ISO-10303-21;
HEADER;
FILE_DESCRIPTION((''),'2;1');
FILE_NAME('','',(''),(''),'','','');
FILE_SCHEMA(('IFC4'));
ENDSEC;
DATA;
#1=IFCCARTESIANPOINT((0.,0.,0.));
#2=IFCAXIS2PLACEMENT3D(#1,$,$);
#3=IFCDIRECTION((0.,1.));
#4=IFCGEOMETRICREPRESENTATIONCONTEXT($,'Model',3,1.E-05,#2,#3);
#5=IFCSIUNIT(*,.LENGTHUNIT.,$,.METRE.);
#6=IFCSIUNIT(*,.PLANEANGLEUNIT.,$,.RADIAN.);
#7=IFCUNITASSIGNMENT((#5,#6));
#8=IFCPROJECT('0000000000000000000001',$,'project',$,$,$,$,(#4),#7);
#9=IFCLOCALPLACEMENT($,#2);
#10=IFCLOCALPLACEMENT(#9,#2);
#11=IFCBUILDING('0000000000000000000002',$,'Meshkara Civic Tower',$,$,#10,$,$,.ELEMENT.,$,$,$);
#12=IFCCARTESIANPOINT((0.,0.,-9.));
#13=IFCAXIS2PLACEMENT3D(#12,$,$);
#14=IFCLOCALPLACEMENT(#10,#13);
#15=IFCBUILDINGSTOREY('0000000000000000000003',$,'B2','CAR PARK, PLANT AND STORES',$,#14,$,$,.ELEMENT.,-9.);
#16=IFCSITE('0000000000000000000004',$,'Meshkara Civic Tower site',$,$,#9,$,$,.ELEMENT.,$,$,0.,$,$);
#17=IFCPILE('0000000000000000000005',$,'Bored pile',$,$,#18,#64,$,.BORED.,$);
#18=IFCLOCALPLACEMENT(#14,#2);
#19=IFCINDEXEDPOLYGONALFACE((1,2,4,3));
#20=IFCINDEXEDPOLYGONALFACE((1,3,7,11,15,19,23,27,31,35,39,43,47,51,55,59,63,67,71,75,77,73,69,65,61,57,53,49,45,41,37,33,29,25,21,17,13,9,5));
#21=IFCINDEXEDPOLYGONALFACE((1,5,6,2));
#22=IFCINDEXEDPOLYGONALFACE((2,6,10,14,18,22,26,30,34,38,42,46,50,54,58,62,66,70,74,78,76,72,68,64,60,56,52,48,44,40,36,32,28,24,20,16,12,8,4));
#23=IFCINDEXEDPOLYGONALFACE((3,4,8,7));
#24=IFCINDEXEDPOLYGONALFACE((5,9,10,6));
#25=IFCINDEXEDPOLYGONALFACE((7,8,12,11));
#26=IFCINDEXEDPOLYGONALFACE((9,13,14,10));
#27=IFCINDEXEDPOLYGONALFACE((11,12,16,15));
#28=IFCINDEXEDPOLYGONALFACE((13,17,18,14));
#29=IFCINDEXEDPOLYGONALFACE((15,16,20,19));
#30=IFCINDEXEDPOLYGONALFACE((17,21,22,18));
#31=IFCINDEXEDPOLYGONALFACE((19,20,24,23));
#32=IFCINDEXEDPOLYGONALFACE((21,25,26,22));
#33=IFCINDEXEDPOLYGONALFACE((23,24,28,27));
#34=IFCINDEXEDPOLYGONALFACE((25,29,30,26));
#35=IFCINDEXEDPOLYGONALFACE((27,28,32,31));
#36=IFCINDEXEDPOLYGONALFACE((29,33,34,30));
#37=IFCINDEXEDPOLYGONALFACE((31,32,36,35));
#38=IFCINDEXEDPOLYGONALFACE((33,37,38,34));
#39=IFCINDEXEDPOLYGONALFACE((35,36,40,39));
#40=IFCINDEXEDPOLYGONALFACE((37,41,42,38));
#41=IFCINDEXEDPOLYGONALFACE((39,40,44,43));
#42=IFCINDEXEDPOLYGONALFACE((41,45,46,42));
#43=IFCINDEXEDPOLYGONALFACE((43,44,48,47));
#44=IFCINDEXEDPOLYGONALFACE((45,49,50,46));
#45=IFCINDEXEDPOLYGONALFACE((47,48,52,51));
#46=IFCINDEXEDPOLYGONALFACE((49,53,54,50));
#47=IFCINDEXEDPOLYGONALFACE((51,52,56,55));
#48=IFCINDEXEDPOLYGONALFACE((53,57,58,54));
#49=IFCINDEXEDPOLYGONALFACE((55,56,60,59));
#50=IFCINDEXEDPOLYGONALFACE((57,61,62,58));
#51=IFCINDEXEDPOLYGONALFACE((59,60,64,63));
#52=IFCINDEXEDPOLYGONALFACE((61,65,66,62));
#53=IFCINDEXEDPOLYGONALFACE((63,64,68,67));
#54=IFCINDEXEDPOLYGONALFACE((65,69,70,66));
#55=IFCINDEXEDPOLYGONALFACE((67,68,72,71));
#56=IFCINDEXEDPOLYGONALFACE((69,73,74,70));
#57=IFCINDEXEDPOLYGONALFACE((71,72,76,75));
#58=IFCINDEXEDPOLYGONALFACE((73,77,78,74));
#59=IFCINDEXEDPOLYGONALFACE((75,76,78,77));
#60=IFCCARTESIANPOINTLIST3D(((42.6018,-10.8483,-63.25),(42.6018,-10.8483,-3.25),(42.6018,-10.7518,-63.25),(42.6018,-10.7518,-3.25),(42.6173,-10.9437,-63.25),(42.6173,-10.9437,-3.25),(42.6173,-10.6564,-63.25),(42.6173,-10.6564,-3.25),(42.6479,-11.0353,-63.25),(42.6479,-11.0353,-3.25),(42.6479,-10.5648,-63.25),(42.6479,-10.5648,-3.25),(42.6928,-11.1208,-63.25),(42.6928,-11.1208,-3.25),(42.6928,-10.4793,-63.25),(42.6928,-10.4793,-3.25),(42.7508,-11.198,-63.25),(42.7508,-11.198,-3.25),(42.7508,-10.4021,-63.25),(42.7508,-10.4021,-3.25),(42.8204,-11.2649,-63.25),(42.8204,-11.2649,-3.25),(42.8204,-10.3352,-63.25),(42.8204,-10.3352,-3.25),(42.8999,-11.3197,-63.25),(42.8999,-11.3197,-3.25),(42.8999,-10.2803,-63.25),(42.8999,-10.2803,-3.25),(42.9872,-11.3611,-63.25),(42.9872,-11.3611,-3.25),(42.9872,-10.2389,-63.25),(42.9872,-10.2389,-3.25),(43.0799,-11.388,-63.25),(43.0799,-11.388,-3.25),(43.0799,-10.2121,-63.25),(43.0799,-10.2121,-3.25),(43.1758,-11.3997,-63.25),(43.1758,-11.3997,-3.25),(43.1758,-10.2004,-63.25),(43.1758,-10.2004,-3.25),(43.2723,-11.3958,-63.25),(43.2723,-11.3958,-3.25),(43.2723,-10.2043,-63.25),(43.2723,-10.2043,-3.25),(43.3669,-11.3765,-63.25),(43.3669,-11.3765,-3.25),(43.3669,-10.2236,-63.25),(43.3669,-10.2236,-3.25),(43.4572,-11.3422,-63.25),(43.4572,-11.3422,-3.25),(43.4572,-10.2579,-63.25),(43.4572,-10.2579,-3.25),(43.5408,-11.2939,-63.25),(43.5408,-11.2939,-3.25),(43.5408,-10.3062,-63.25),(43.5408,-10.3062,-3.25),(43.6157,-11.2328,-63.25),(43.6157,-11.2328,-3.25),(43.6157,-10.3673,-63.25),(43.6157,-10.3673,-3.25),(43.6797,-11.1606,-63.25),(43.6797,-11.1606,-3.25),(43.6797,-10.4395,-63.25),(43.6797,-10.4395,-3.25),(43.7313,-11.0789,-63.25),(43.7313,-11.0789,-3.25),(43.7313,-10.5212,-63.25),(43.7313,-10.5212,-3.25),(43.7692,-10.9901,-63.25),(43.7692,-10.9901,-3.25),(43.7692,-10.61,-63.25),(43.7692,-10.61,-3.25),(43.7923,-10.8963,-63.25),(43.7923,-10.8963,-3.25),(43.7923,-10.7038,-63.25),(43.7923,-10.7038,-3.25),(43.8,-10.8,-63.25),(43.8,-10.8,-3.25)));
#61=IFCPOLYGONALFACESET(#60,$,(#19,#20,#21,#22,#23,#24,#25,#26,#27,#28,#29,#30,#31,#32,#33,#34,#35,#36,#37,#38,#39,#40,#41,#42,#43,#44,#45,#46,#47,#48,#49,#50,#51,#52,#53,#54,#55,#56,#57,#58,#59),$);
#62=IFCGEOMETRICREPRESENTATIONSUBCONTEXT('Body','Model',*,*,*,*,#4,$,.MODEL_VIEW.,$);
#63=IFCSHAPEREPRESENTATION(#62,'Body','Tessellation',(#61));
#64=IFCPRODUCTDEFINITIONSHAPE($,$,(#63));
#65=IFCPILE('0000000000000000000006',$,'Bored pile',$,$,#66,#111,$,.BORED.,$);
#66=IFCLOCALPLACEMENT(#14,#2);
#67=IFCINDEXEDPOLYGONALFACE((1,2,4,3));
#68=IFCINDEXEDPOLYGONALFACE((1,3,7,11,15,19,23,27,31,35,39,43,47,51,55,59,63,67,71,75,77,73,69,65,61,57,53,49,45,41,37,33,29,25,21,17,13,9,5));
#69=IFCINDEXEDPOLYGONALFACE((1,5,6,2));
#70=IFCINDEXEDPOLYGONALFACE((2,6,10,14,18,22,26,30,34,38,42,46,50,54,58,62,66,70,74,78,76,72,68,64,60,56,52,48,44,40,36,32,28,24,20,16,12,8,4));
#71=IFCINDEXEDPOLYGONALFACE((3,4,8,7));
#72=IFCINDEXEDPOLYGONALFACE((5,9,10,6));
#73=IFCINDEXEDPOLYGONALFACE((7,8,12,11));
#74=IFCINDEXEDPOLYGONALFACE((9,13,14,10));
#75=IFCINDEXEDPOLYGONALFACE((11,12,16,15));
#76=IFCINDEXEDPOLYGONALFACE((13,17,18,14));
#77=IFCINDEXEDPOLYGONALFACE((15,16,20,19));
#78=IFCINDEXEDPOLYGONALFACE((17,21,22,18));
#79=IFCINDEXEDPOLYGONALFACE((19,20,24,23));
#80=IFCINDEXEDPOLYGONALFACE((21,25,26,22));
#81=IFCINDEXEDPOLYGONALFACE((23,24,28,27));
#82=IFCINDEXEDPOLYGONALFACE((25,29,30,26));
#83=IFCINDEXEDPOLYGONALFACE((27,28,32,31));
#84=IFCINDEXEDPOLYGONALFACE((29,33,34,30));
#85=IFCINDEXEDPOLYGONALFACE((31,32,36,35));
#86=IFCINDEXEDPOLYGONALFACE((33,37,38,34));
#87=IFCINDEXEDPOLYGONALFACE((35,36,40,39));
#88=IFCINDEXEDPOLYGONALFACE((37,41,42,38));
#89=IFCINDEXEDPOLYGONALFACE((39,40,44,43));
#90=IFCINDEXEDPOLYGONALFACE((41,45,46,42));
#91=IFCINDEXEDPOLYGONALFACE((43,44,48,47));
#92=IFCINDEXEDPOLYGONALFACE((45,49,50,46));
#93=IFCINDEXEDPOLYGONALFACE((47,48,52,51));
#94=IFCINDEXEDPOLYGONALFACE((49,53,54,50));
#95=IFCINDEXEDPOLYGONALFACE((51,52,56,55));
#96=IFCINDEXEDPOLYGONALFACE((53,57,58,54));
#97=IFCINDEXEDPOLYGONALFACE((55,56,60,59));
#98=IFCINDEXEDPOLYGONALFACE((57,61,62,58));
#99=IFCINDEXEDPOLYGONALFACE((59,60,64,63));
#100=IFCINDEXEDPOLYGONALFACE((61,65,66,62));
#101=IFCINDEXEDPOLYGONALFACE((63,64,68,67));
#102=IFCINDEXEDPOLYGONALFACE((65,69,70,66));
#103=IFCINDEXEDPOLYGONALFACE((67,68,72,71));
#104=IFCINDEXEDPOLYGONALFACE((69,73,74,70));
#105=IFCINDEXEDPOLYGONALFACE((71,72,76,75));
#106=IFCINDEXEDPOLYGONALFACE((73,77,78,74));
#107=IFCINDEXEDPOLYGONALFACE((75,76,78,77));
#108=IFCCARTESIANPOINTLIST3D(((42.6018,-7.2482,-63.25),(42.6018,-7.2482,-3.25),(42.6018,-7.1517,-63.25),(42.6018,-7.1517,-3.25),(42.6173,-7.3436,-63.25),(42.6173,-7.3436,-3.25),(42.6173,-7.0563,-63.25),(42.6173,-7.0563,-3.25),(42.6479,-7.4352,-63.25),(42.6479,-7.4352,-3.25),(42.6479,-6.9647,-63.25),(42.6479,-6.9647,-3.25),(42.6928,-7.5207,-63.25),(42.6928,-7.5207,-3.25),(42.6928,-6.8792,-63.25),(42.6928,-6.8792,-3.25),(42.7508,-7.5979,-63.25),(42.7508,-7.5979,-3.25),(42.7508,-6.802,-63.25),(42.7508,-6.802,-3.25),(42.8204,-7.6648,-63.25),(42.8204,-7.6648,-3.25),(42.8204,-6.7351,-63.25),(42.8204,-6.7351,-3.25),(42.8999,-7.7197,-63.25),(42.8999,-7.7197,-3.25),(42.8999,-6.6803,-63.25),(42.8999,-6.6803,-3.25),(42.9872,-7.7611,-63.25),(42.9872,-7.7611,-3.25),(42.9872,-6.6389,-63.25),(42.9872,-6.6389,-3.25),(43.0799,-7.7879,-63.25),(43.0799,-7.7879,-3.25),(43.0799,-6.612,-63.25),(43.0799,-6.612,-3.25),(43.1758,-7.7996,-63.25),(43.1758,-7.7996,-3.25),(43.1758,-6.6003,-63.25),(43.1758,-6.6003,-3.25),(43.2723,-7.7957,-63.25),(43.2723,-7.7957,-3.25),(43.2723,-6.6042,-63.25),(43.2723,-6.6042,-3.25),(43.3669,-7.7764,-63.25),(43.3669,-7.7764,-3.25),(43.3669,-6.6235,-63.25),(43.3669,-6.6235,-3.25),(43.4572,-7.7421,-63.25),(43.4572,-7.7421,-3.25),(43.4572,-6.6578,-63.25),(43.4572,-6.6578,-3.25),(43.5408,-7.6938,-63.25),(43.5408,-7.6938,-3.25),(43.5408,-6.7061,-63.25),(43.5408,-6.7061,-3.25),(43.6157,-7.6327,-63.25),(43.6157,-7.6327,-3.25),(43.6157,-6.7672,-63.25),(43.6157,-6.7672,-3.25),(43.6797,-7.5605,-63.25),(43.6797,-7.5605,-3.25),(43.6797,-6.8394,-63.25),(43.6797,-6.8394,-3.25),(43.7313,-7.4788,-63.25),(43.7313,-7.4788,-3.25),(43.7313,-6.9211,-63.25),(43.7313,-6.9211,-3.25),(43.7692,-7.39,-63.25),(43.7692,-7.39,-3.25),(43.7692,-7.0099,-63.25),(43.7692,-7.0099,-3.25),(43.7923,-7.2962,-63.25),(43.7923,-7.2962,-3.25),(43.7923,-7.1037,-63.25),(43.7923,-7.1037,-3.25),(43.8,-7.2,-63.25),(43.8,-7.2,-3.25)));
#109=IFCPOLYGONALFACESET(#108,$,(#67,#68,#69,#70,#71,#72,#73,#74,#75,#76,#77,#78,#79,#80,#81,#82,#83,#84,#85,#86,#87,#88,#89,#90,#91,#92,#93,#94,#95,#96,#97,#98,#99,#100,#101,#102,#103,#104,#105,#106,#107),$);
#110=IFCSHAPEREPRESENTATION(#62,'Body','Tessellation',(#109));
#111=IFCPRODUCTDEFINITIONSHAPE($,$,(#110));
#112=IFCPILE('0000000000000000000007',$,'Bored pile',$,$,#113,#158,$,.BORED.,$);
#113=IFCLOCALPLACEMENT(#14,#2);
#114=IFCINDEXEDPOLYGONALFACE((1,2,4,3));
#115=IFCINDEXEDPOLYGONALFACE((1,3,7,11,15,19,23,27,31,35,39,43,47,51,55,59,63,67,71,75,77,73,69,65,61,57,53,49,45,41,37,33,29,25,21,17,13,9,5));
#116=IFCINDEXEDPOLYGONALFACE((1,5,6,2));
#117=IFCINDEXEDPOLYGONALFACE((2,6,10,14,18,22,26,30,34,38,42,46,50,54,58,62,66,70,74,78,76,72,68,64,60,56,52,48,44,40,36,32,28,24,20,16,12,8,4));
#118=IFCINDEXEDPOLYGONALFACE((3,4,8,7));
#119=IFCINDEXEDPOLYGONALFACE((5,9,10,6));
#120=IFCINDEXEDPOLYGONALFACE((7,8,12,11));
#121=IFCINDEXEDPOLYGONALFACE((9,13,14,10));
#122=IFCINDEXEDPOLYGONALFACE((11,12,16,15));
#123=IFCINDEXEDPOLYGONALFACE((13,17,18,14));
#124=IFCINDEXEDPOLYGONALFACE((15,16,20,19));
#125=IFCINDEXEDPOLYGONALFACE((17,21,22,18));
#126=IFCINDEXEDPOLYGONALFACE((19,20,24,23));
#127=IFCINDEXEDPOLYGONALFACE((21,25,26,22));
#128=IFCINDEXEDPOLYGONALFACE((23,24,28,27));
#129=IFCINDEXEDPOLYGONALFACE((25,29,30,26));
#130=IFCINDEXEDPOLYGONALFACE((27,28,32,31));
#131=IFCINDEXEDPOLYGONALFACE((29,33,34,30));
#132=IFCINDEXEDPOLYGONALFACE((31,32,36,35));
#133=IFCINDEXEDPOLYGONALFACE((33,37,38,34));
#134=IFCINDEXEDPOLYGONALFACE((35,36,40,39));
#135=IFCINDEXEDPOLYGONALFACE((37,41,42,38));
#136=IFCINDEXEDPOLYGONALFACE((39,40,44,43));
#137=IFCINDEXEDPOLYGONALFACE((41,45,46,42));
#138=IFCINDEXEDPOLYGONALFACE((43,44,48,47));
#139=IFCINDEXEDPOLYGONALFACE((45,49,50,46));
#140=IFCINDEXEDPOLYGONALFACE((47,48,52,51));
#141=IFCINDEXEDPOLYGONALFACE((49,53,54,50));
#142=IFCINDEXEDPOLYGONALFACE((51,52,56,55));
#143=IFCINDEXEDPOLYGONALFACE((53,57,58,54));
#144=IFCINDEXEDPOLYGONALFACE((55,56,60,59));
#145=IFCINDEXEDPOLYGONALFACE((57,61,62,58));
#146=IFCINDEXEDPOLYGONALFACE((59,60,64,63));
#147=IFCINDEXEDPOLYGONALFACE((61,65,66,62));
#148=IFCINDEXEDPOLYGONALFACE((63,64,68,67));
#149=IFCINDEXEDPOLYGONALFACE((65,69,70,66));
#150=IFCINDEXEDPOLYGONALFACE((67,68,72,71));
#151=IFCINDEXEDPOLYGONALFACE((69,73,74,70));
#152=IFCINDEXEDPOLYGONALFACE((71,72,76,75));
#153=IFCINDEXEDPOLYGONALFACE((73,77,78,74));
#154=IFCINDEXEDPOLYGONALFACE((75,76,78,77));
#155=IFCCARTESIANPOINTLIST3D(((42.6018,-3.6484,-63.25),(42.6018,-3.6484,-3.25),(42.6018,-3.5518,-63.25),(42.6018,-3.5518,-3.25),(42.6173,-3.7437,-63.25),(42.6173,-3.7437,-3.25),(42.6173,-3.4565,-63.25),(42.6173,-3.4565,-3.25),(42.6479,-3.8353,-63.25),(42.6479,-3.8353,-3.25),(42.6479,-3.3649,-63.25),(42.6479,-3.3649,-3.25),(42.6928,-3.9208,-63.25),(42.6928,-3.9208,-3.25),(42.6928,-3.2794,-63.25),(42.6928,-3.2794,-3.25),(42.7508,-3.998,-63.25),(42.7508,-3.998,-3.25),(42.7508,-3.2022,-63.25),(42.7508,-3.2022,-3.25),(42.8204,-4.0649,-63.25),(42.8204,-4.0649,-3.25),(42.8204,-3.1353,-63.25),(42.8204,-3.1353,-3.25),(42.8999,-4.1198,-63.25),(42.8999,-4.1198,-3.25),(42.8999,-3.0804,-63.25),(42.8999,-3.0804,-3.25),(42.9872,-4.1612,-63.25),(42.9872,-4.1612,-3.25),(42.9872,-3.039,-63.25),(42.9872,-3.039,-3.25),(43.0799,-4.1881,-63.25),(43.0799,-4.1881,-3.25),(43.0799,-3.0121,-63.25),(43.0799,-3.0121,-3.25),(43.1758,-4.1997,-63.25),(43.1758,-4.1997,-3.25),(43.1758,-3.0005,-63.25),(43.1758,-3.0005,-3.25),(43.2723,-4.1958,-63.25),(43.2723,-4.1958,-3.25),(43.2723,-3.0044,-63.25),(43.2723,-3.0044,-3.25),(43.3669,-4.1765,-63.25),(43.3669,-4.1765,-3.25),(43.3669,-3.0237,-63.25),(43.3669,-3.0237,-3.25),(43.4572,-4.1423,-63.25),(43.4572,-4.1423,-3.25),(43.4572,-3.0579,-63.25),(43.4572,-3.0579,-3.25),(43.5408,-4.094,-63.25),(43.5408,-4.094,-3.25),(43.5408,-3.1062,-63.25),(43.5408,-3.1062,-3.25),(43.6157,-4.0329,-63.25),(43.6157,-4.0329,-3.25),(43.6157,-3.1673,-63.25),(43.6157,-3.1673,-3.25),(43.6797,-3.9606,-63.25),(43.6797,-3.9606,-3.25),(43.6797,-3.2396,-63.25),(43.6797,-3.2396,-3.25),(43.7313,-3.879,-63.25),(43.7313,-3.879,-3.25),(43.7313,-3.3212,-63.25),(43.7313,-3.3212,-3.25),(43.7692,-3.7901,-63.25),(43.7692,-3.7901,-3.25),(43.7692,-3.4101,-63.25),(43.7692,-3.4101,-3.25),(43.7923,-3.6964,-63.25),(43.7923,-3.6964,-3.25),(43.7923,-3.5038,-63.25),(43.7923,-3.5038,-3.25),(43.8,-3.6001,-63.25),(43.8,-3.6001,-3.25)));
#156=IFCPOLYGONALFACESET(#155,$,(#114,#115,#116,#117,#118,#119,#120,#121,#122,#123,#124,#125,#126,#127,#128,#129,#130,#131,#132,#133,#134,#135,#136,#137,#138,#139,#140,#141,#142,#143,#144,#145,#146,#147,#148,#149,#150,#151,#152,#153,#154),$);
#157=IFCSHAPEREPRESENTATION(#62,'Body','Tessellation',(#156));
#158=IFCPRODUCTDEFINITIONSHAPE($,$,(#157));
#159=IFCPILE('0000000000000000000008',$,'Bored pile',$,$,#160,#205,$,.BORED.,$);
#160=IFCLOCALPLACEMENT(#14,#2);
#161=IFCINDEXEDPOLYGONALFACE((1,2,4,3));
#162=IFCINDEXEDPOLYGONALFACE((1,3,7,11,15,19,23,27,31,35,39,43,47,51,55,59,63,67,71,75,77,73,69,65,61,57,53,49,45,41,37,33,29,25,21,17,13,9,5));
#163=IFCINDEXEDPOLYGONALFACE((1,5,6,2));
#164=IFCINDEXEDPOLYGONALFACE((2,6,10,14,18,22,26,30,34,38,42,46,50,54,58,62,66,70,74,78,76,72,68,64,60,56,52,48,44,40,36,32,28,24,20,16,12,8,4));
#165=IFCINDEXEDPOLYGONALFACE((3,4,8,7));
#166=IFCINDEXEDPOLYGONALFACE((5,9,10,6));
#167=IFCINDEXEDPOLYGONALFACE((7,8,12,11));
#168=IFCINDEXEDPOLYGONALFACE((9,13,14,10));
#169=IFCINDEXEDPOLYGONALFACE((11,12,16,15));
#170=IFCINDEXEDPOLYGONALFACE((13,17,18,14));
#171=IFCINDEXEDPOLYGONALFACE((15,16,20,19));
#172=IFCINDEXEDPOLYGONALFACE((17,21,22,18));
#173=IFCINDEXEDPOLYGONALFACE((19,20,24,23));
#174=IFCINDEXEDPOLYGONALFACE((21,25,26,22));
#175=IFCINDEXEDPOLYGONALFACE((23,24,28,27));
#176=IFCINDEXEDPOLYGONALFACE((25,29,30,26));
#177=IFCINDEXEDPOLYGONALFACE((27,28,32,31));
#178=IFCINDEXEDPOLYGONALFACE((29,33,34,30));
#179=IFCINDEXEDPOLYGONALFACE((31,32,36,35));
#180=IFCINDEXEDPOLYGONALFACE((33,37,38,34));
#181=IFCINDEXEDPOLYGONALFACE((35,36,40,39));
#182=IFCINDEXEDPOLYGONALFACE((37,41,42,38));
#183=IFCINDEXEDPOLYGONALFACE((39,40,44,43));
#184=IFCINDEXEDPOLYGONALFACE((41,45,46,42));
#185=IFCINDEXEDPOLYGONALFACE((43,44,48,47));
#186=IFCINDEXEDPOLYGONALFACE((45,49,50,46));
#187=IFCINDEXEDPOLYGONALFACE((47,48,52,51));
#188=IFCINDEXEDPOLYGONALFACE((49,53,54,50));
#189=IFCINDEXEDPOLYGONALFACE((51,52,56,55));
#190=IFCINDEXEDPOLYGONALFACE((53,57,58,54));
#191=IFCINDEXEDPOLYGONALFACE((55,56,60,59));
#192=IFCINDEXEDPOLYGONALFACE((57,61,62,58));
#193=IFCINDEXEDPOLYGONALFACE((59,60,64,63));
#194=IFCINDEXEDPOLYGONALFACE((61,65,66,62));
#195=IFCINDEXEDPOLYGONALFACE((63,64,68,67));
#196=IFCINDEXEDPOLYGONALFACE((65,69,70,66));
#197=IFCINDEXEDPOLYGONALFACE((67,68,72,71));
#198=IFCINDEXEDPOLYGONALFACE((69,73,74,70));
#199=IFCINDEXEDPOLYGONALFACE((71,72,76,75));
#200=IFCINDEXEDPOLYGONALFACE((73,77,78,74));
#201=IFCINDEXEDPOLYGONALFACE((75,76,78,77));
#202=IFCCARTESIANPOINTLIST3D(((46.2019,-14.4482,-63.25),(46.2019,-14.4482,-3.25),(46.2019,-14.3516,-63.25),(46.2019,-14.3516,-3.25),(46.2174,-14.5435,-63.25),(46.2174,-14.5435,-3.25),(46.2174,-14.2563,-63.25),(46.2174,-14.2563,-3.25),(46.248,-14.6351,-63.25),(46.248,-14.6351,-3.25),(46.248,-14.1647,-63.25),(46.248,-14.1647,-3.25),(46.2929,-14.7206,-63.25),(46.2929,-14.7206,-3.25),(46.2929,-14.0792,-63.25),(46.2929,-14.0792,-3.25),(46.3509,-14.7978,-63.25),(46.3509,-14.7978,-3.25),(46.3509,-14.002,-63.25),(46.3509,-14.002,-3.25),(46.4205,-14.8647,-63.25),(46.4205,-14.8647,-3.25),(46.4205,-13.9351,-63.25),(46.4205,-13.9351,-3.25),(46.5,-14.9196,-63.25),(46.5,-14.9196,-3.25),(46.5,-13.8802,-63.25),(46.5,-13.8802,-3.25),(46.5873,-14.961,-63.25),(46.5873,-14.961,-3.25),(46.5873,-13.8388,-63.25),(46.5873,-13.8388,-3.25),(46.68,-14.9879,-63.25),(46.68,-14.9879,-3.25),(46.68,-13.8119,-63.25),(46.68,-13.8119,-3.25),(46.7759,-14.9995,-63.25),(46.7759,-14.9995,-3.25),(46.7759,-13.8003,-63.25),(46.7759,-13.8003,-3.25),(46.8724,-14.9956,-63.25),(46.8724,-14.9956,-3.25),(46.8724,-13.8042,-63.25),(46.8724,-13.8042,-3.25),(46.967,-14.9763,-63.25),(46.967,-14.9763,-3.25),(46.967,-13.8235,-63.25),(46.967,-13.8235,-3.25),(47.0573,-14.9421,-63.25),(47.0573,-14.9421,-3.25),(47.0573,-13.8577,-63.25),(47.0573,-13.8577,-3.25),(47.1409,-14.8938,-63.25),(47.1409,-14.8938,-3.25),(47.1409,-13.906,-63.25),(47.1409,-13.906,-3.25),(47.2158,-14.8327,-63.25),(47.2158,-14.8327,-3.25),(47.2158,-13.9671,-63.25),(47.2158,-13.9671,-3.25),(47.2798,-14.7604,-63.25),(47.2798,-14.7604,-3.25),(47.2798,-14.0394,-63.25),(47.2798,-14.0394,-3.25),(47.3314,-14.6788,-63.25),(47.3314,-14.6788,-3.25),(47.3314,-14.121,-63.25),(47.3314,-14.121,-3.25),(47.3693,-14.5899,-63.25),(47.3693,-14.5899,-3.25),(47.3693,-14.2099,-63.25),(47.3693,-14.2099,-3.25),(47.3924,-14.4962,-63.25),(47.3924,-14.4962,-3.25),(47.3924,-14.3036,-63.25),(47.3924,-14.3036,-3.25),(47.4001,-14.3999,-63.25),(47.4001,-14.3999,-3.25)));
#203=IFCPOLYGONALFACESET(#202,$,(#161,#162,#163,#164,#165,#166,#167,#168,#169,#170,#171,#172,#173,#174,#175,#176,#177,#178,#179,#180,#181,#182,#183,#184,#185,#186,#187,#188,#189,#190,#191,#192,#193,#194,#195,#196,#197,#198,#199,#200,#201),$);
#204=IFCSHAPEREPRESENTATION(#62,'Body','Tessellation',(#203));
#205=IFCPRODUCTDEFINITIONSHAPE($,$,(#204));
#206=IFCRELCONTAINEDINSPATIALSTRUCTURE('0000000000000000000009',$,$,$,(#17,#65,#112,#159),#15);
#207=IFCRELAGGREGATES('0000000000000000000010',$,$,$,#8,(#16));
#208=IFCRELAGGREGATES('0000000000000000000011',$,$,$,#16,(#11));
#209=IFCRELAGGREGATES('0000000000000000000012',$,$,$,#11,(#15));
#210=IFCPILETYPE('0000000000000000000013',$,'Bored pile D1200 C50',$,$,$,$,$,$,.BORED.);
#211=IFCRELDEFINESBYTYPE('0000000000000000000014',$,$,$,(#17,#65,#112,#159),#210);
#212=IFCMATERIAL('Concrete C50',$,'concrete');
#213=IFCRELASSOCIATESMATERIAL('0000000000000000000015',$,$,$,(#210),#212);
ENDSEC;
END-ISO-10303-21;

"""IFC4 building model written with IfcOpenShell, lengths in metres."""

from ifc_helpers import new_model, si_unit, direction, frame, origin, origin_2d, place, context, subcontext, project, spatial, circle, extrude, material, material_profile, profile_set, type_object, element, save


model = new_model("IFC4")

# Units and contexts
model_context = context("Model", 3, precision=1e-05, world=origin(), true_north=direction((0.0, 1.0)))
body_context = subcontext(model_context, "Body", "Model", "MODEL_VIEW")
ifc_project = project(units=[si_unit("LENGTHUNIT", "METRE"), si_unit("PLANEANGLEUNIT", "RADIAN")], contexts=[model_context])

# Site, building, storey
site_placement = place(None, origin())
site = spatial("IfcSite", under=ifc_project, at=site_placement, Name="Meshkara Civic Tower site", CompositionType="ELEMENT", RefElevation=0.0)
building_placement = place(site_placement, origin())
building = spatial("IfcBuilding", under=site, at=building_placement, Name="Meshkara Civic Tower", CompositionType="ELEMENT")
storey_placement = place(building_placement, frame((0.0, 0.0, -9.0)))
storey = spatial("IfcBuildingStorey", under=building, at=storey_placement, Name="B2", Description="CAR PARK, PLANT AND STORES", CompositionType="ELEMENT", Elevation=-9.0)

# Piles
ifc_material_1 = material(Name="Concrete C50", Category="concrete")
ifc_material_profile_1 = material_profile(ifc_material_1, circle(Radius=0.6001, at=origin_2d()))
ifc_profile_set_1 = profile_set([ifc_material_profile_1], Name="Concrete C50")
pile_type = type_object("IfcPileType", Name="Bored pile D1200 C50", PredefinedType="BORED", material=ifc_profile_set_1)
for number, where, z_axis, x_axis, name in (
    (1, (43.2, -10.8, -3.25), (0.0, 0.0, -1.0), (1.0, 0.0, 0.0), "Bored pile"),
    (2, (43.2, -7.2, -3.25), (0.0, 0.0, -1.0), (1.0, 0.0, 0.0), "Bored pile"),
    (3, (43.2, -3.6001, -3.25), (0.0, 0.0, -1.0), (1.0, 0.0, 0.0), "Bored pile"),
    (4, (46.8, -14.3999, -3.25), (0.0, 0.0, -1.0), (1.0, 0.0, 0.0), "Bored pile"),
):
    element("IfcPile", number, at=place(storey_placement, frame(where, z_axis=z_axis, x_axis=x_axis)), inside=storey, type_object=pile_type, Name=name, PredefinedType="BORED", context=body_context, shape_type="SweptSolid", body=[
        extrude(circle(Radius=0.6001, at=origin_2d()), origin(), (0.0, 0.0, 1.0), 60.0),
    ])

save(model, "model.ifc")
